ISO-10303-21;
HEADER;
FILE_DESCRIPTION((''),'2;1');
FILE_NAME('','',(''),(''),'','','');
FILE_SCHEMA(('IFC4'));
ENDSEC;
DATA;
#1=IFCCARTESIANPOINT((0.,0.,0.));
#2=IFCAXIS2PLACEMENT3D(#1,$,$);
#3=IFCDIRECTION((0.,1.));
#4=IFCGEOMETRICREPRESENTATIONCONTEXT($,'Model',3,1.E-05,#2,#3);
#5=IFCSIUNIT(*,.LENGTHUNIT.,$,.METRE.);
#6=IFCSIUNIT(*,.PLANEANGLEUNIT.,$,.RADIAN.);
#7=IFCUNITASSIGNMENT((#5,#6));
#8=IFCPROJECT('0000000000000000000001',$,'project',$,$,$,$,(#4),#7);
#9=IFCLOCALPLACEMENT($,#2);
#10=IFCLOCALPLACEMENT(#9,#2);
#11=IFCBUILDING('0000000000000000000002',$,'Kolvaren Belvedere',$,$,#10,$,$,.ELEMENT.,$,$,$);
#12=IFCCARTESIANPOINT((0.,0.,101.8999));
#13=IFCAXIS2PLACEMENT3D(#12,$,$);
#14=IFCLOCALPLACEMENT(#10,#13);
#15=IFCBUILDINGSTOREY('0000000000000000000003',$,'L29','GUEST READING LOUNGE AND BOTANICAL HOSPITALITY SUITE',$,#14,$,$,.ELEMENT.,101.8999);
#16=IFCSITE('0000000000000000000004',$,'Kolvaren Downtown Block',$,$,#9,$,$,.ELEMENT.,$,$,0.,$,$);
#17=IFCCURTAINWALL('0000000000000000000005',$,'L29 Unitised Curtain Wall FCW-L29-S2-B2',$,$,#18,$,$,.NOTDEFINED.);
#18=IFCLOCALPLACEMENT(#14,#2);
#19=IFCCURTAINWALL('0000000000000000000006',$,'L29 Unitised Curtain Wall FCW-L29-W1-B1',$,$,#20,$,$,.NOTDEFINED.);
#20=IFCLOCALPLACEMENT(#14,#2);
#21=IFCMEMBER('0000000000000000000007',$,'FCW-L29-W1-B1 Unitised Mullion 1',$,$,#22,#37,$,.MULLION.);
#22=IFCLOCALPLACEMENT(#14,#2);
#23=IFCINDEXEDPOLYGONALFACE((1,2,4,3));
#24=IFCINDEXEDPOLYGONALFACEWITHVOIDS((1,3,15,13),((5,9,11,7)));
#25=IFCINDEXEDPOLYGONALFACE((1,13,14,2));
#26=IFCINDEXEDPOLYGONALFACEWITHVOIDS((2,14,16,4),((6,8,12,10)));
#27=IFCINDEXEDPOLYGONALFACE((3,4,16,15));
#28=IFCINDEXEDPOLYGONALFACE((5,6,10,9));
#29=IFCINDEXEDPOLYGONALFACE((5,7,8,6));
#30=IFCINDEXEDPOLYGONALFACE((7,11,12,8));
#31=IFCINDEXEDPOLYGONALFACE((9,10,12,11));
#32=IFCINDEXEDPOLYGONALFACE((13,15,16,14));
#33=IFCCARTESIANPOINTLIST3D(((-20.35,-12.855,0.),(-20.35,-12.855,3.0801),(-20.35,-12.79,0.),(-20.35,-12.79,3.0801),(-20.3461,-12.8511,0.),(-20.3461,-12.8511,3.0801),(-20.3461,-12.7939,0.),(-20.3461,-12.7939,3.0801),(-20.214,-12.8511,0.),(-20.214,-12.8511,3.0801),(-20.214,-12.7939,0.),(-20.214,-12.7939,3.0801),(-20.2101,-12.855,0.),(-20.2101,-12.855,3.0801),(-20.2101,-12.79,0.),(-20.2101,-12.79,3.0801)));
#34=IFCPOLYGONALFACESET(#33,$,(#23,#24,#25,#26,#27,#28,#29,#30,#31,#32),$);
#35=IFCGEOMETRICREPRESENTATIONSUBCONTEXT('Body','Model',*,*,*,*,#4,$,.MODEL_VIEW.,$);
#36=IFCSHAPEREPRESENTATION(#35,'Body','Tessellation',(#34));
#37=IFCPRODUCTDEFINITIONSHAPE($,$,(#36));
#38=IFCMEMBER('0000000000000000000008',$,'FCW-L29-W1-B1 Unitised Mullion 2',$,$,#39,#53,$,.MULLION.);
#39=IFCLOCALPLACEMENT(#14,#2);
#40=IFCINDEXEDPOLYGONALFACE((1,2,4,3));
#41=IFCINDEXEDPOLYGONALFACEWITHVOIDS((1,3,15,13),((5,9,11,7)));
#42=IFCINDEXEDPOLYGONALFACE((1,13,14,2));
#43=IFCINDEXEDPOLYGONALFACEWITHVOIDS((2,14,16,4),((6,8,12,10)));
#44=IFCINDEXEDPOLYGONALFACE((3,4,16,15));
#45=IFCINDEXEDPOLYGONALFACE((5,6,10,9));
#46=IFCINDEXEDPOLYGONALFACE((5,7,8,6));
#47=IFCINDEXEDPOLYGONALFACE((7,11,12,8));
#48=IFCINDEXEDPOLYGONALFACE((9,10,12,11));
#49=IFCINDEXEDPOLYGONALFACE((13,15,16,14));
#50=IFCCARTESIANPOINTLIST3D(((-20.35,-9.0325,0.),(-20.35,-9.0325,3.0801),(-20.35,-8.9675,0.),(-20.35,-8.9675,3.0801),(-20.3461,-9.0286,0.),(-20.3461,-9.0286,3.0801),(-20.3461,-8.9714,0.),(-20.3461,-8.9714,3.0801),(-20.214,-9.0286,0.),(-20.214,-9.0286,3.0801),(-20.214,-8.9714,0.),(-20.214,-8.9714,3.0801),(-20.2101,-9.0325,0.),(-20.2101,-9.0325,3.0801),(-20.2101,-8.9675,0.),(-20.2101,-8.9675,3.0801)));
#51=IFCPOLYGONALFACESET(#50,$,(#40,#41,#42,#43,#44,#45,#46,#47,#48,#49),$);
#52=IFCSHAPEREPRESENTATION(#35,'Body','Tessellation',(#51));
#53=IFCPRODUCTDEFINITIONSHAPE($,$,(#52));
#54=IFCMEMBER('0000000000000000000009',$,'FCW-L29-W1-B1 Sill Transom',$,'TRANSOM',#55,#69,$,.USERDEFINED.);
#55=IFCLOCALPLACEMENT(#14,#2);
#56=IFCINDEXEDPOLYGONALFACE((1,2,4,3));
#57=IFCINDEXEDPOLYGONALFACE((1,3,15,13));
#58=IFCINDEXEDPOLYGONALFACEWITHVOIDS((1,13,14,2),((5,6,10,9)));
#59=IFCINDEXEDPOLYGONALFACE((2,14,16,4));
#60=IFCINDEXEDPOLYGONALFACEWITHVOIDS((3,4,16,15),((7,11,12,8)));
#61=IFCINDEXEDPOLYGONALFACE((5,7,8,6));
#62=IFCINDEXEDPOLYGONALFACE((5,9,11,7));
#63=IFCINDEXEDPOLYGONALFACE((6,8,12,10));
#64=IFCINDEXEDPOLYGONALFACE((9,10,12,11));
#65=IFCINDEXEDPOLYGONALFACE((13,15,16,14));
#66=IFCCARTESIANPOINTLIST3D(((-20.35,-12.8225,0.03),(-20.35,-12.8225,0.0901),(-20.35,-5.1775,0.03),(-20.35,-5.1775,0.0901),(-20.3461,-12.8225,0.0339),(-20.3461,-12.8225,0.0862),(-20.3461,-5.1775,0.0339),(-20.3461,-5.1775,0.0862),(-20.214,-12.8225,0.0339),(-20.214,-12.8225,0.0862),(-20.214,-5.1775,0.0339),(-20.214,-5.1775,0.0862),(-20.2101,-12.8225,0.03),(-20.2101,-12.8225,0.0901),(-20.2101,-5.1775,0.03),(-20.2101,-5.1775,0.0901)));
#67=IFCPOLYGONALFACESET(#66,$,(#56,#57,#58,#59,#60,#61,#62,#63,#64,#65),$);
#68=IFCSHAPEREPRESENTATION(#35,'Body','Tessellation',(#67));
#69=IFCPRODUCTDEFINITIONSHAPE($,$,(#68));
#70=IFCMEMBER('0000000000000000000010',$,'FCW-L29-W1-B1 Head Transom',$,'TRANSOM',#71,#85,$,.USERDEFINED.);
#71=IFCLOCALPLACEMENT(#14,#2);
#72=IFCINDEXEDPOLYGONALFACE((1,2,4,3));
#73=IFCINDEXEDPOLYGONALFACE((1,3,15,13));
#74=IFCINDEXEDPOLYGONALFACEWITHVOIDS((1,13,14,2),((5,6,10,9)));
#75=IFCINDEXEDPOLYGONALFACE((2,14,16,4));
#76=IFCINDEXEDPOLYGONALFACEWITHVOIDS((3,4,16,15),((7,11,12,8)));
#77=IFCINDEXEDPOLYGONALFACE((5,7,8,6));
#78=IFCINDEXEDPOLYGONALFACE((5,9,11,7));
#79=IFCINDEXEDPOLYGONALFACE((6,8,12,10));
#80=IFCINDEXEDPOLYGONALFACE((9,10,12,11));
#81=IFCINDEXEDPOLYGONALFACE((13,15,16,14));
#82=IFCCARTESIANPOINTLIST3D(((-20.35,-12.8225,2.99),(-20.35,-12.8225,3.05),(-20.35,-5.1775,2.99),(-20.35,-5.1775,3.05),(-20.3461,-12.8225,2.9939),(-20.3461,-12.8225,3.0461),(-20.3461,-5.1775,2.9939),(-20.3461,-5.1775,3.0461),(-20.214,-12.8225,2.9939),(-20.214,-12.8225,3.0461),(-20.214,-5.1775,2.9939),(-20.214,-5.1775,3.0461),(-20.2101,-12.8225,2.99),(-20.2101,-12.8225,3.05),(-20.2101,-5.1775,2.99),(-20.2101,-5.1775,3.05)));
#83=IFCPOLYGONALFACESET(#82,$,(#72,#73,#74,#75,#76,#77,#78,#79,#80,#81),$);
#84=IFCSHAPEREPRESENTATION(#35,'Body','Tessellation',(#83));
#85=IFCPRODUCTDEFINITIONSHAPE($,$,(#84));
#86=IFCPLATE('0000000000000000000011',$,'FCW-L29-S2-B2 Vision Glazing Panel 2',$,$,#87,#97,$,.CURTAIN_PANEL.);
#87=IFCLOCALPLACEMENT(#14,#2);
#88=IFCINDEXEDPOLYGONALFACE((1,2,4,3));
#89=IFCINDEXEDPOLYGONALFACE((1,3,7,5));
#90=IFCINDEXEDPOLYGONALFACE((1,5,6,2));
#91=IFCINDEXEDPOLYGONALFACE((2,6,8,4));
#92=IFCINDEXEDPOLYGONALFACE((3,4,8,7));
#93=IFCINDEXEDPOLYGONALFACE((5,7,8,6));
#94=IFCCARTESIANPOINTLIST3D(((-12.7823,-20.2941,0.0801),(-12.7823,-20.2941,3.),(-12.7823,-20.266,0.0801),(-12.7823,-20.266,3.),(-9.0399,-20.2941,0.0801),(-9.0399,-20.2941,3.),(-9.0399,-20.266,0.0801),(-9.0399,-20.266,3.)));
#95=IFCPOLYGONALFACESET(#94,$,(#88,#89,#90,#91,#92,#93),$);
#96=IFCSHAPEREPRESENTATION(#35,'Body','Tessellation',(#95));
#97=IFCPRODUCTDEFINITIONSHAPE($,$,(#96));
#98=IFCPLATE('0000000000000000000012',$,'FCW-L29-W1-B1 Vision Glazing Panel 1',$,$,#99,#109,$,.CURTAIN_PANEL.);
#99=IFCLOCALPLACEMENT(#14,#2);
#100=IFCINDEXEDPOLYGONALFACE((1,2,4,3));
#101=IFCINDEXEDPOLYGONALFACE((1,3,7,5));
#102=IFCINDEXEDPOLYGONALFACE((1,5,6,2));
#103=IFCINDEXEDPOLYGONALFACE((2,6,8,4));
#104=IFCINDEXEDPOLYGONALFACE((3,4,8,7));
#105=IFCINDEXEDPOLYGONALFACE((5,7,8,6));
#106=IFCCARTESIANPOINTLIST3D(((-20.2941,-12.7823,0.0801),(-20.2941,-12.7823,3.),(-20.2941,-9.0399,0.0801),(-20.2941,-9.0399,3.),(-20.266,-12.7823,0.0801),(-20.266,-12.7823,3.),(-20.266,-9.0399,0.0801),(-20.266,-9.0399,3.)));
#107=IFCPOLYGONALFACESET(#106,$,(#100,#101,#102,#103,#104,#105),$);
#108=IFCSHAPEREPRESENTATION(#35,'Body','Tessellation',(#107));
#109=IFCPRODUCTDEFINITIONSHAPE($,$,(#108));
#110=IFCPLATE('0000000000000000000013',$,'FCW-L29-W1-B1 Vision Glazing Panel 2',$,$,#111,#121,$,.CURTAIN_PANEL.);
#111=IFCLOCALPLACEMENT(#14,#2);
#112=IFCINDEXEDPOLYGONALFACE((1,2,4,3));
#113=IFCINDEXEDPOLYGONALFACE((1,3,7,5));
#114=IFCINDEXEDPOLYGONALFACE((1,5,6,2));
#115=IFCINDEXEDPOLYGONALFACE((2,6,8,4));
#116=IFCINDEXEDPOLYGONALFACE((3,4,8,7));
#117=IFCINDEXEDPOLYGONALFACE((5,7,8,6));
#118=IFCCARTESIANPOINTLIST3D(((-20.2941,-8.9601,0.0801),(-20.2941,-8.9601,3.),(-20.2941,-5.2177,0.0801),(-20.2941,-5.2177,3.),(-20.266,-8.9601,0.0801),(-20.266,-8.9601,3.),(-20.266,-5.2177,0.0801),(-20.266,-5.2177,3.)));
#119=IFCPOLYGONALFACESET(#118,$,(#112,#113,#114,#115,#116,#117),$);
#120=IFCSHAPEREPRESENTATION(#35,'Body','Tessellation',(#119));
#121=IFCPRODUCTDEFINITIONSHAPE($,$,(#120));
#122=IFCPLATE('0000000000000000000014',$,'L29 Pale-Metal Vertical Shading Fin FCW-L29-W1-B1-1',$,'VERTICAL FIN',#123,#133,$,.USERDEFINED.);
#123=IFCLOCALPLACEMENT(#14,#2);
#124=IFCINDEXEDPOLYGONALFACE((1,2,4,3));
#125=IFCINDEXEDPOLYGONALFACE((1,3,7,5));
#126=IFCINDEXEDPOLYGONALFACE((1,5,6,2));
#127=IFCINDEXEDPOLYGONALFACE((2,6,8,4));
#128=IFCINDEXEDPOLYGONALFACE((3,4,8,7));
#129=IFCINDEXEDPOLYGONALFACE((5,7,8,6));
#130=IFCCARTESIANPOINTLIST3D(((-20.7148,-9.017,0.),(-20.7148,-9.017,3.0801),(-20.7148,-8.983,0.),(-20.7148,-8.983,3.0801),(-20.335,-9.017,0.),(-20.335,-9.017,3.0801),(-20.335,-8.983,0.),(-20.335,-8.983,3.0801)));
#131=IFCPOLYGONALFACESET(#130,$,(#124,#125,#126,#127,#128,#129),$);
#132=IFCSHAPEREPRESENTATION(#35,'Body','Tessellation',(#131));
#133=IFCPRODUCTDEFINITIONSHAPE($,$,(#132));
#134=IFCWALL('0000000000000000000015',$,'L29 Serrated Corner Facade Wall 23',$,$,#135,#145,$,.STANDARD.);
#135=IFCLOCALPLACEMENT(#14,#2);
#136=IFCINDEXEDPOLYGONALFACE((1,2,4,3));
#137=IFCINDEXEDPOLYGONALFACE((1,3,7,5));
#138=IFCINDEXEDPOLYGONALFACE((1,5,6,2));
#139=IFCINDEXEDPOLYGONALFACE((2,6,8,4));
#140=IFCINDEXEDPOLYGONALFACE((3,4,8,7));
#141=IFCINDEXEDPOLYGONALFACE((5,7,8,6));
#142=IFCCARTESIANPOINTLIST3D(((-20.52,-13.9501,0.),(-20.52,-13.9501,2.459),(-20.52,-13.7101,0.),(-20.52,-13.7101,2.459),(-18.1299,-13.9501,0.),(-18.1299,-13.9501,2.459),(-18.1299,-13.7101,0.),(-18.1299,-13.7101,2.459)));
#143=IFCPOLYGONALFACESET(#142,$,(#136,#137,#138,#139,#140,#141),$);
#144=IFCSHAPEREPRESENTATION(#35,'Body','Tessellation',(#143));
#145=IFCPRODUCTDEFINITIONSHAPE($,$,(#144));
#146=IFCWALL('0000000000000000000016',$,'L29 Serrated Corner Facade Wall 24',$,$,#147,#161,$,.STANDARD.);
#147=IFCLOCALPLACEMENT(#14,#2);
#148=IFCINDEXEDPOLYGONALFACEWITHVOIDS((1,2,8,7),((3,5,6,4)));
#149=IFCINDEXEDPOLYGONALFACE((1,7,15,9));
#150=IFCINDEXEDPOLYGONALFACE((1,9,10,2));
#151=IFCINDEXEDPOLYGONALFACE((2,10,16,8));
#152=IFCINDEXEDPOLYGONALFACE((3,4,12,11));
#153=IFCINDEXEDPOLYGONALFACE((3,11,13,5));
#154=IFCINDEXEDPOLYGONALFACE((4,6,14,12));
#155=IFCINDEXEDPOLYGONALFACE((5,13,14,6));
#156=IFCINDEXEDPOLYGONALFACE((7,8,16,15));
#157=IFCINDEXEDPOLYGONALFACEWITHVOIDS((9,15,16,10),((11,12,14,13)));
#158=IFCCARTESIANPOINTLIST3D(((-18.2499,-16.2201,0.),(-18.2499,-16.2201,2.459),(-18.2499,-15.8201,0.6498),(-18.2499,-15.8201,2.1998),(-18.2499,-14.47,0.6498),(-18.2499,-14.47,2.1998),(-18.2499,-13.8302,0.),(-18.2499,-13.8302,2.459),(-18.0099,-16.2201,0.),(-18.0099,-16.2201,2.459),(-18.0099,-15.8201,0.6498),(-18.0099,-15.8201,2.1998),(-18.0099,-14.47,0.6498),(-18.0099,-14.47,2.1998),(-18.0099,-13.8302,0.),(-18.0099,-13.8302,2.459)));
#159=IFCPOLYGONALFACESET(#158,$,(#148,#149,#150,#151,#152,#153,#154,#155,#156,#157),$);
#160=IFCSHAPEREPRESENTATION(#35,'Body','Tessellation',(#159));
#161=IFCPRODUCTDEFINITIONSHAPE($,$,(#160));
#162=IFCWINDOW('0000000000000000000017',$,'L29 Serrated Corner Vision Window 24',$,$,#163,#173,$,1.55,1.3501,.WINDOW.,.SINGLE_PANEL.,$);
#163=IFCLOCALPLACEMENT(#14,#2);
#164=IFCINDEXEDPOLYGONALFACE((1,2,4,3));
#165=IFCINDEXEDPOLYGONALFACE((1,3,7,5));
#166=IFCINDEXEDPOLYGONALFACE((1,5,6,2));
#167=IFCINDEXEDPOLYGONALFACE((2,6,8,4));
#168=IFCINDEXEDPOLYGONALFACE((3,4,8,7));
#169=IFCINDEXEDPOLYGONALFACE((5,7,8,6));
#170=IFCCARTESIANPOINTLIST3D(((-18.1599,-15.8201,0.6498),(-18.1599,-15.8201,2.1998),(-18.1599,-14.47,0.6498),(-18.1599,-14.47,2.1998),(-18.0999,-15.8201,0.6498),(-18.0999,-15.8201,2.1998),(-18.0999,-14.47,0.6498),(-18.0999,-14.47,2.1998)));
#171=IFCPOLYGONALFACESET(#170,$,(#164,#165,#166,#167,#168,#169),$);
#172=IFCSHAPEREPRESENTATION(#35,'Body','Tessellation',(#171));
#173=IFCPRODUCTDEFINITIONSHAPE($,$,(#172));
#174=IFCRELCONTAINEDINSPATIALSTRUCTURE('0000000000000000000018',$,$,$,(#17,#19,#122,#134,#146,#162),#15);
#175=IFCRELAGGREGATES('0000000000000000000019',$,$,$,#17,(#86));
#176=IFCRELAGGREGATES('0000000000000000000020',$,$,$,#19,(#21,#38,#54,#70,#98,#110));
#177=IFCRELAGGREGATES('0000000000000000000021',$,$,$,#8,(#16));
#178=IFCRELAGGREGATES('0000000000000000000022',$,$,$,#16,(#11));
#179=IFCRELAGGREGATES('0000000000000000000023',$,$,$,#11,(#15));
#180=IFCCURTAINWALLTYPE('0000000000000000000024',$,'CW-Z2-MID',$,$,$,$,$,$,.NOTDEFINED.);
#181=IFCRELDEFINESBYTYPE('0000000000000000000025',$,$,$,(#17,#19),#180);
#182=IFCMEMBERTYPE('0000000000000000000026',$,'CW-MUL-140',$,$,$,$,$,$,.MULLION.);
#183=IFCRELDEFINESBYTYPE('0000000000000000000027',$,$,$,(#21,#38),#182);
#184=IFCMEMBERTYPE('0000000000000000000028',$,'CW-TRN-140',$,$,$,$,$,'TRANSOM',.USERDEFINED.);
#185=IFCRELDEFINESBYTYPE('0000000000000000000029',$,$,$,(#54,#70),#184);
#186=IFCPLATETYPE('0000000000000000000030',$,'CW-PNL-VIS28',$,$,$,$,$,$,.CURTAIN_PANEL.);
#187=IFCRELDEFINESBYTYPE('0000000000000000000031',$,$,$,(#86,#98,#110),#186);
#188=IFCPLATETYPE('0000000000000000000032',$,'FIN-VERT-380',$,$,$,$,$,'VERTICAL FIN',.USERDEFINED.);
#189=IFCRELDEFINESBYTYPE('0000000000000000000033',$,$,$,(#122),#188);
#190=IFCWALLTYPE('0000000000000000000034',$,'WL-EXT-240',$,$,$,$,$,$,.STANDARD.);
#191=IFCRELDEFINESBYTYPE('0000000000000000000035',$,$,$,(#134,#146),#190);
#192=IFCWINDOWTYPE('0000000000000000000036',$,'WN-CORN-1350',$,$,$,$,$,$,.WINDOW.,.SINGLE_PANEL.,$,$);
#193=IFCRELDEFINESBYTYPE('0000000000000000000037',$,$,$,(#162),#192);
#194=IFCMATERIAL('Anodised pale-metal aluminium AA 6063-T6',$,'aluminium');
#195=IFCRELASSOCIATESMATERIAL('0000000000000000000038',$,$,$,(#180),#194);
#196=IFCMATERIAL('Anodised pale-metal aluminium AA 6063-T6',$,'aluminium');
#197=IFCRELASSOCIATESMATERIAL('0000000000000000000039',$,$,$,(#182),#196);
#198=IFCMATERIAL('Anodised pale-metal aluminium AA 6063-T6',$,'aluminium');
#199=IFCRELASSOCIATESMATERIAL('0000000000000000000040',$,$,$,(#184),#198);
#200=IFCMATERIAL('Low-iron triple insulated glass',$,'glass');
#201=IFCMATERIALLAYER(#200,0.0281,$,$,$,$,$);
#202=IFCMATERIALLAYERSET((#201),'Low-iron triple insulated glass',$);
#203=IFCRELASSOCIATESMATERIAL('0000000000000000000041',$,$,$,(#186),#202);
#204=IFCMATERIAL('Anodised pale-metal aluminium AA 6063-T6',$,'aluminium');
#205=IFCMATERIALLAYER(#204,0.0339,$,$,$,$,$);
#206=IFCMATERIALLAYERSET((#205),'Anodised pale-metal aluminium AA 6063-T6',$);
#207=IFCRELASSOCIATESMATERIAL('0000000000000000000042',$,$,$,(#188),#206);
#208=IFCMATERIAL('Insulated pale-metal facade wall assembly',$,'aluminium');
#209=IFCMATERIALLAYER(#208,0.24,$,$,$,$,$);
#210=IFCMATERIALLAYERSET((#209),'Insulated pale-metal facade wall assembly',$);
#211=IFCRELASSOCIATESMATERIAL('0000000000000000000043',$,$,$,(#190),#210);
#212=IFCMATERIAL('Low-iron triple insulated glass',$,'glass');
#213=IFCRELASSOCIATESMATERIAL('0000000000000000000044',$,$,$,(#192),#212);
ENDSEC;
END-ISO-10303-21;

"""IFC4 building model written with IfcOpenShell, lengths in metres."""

from ifc_helpers import new_model, si_unit, direction, frame, frame_2d, origin, origin_2d, place, context, subcontext, project, spatial, rectangle, hollow_rectangle, extrude, material, layer, layer_set, material_profile, profile_set, type_object, element, fill, aggregate, save


model = new_model("IFC4")

# Units and contexts
model_context = context("Model", 3, precision=1e-05, world=origin(), true_north=direction((0.0, 1.0)))
body_context = subcontext(model_context, "Body", "Model", "MODEL_VIEW")
ifc_project = project(units=[si_unit("LENGTHUNIT", "METRE"), si_unit("PLANEANGLEUNIT", "RADIAN")], contexts=[model_context])

# Site, building, storey
site_placement = place(None, origin())
site = spatial("IfcSite", under=ifc_project, at=site_placement, Name="Kolvaren Downtown Block", CompositionType="ELEMENT", RefElevation=0.0)
building_placement = place(site_placement, origin())
building = spatial("IfcBuilding", under=site, at=building_placement, Name="Kolvaren Belvedere", CompositionType="ELEMENT")
storey_placement = place(building_placement, frame((0.0, 0.0, 101.8999)))
storey = spatial("IfcBuildingStorey", under=building, at=storey_placement, Name="L29", Description="GUEST READING LOUNGE AND BOTANICAL HOSPITALITY SUITE", CompositionType="ELEMENT", Elevation=101.8999)

# Curtain wall
ifc_material_1 = material(Name="Anodised pale-metal aluminium AA 6063-T6", Category="aluminium")
curtain_wall_type = type_object("IfcCurtainWallType", Name="CW-Z2-MID", PredefinedType="NOTDEFINED", material=ifc_material_1)
curtain_wall_1_placement = place(storey_placement, origin())
curtain_wall_1 = element("IfcCurtainWall", 1, at=curtain_wall_1_placement, inside=storey, type_object=curtain_wall_type, Name="L29 Unitised Curtain Wall FCW-L29-S2-B2", PredefinedType="NOTDEFINED")
ifc_material_2 = material(Name="Anodised pale-metal aluminium AA 6063-T6", Category="aluminium")
ifc_material_profile_1 = material_profile(ifc_material_2, hollow_rectangle(XDim=0.0649, YDim=0.1399, WallThickness=0.0039, at=origin_2d()), Name="ALU-MUL-140X65")
ifc_profile_set_1 = profile_set([ifc_material_profile_1], Name="Anodised pale-metal aluminium AA 6063-T6")
member_type_1 = type_object("IfcMemberType", Name="CW-MUL-140", PredefinedType="MULLION", material=ifc_profile_set_1)

# Curtain wall, members
curtain_wall_2_placement = place(storey_placement, origin())
curtain_wall_2 = element("IfcCurtainWall", 2, at=curtain_wall_2_placement, inside=storey, type_object=curtain_wall_type, Name="L29 Unitised Curtain Wall FCW-L29-W1-B1", PredefinedType="NOTDEFINED")
member_1_placement = place(storey_placement, frame((-20.28, -12.8225, 0.0), z_axis=(0.0, 0.0, 1.0), x_axis=(0.0, 1.0, 0.0)))
member_1 = element("IfcMember", 3, at=member_1_placement, type_object=member_type_1, Name="FCW-L29-W1-B1 Unitised Mullion 1", PredefinedType="MULLION", context=body_context, shape_type="SweptSolid", body=[
    extrude(hollow_rectangle(XDim=0.0649, YDim=0.1399, WallThickness=0.0039, at=origin_2d()), origin(), (0.0, 0.0, 1.0), 3.0801),
])
member_2_placement = place(storey_placement, frame((-20.28, -9.0, 0.0), z_axis=(0.0, 0.0, 1.0), x_axis=(0.0, 1.0, 0.0)))
member_2 = element("IfcMember", 4, at=member_2_placement, type_object=member_type_1, Name="FCW-L29-W1-B1 Unitised Mullion 2", PredefinedType="MULLION", context=body_context, shape_type="SweptSolid", body=[
    extrude(hollow_rectangle(XDim=0.0649, YDim=0.1399, WallThickness=0.0039, at=origin_2d()), origin(), (0.0, 0.0, 1.0), 3.0801),
])
ifc_material_3 = material(Name="Anodised pale-metal aluminium AA 6063-T6", Category="aluminium")
ifc_material_profile_2 = material_profile(ifc_material_3, hollow_rectangle(XDim=0.0601, YDim=0.1399, WallThickness=0.0039, at=origin_2d()), Name="ALU-TRN-140X60")
ifc_profile_set_2 = profile_set([ifc_material_profile_2], Name="Anodised pale-metal aluminium AA 6063-T6")
member_type_2 = type_object("IfcMemberType", Name="CW-TRN-140", ElementType="TRANSOM", PredefinedType="USERDEFINED", material=ifc_profile_set_2)
member_3_placement = place(storey_placement, frame((-20.28, -12.8225, 0.0601), z_axis=(0.0, 1.0, 0.0), x_axis=(0.0, 0.0, 1.0)))
member_3 = element("IfcMember", 5, at=member_3_placement, type_object=member_type_2, Name="FCW-L29-W1-B1 Sill Transom", ObjectType="TRANSOM", PredefinedType="USERDEFINED", context=body_context, shape_type="SweptSolid", body=[
    extrude(hollow_rectangle(XDim=0.0601, YDim=0.1399, WallThickness=0.0039, at=origin_2d()), origin(), (0.0, 0.0, 1.0), 7.645),
])
member_4_placement = place(storey_placement, frame((-20.28, -12.8225, 3.02), z_axis=(0.0, 1.0, 0.0), x_axis=(0.0, 0.0, 1.0)))
member_4 = element("IfcMember", 6, at=member_4_placement, type_object=member_type_2, Name="FCW-L29-W1-B1 Head Transom", ObjectType="TRANSOM", PredefinedType="USERDEFINED", context=body_context, shape_type="SweptSolid", body=[
    extrude(hollow_rectangle(XDim=0.0601, YDim=0.1399, WallThickness=0.0039, at=origin_2d()), origin(), (0.0, 0.0, 1.0), 7.645),
])

# Plates
ifc_material_4 = material(Name="Low-iron triple insulated glass", Category="glass")
ifc_layer_1 = layer(ifc_material_4, 0.0281)
ifc_layer_set_1 = layer_set([ifc_layer_1], Name="Low-iron triple insulated glass")
plate_type_1 = type_object("IfcPlateType", Name="CW-PNL-VIS28", PredefinedType="CURTAIN_PANEL", material=ifc_layer_set_1)
plate_1_placement = place(storey_placement, frame((-10.9111, -20.28, 0.0801), z_axis=(0.0, 0.0, 1.0), x_axis=(-1.0, 0.0, 0.0)))
plate_1 = element("IfcPlate", 7, at=plate_1_placement, type_object=plate_type_1, Name="FCW-L29-S2-B2 Vision Glazing Panel 2", PredefinedType="CURTAIN_PANEL", context=body_context, shape_type="SweptSolid", body=[
    extrude(rectangle(XDim=3.7424, YDim=0.0281, at=origin_2d()), origin(), (0.0, 0.0, 1.0), 2.9199),
])
aggregate(curtain_wall_1, [plate_1])
plate_2_placement = place(storey_placement, frame((-20.28, -10.9111, 0.0801), z_axis=(0.0, 0.0, 1.0), x_axis=(0.0, 1.0, 0.0)))
plate_2 = element("IfcPlate", 8, at=plate_2_placement, type_object=plate_type_1, Name="FCW-L29-W1-B1 Vision Glazing Panel 1", PredefinedType="CURTAIN_PANEL", context=body_context, shape_type="SweptSolid", body=[
    extrude(rectangle(XDim=3.7424, YDim=0.0281, at=origin_2d()), origin(), (0.0, 0.0, 1.0), 2.9199),
])
plate_3_placement = place(storey_placement, frame((-20.28, -7.0889, 0.0801), z_axis=(0.0, 0.0, 1.0), x_axis=(0.0, 1.0, 0.0)))
plate_3 = element("IfcPlate", 9, at=plate_3_placement, type_object=plate_type_1, Name="FCW-L29-W1-B1 Vision Glazing Panel 2", PredefinedType="CURTAIN_PANEL", context=body_context, shape_type="SweptSolid", body=[
    extrude(rectangle(XDim=3.7424, YDim=0.0281, at=origin_2d()), origin(), (0.0, 0.0, 1.0), 2.9199),
])
aggregate(curtain_wall_2, [member_1, member_2, member_3, member_4, plate_2, plate_3])
ifc_material_5 = material(Name="Anodised pale-metal aluminium AA 6063-T6", Category="aluminium")
ifc_layer_2 = layer(ifc_material_5, 0.0339)
ifc_layer_set_2 = layer_set([ifc_layer_2], Name="Anodised pale-metal aluminium AA 6063-T6")
plate_type_2 = type_object("IfcPlateType", Name="FIN-VERT-380", ElementType="VERTICAL FIN", PredefinedType="USERDEFINED", material=ifc_layer_set_2)
plate_4_placement = place(storey_placement, frame((-20.5249, -9.0, 0.0), z_axis=(0.0, 0.0, 1.0), x_axis=(1.0, 0.0, 0.0)))
element("IfcPlate", 10, at=plate_4_placement, inside=storey, type_object=plate_type_2, Name="L29 Pale-Metal Vertical Shading Fin FCW-L29-W1-B1-1", ObjectType="VERTICAL FIN", PredefinedType="USERDEFINED", context=body_context, shape_type="SweptSolid", body=[
    extrude(rectangle(XDim=0.3799, YDim=0.0339, at=origin_2d()), origin(), (0.0, 0.0, 1.0), 3.0801),
])

# Wall
ifc_material_6 = material(Name="Insulated pale-metal facade wall assembly", Category="aluminium")
ifc_layer_3 = layer(ifc_material_6, 0.24)
ifc_layer_set_3 = layer_set([ifc_layer_3], Name="Insulated pale-metal facade wall assembly")
wall_type_1 = type_object("IfcWallType", Name="WL-EXT-240", PredefinedType="STANDARD", material=ifc_layer_set_3)
wall_1_placement = place(storey_placement, frame((-18.1299, -13.8301, 0.0), z_axis=(0.0, 0.0, 1.0), x_axis=(-1.0, 0.0, 0.0)))
element("IfcWall", 11, at=wall_1_placement, inside=storey, type_object=wall_type_1, Name="L29 Serrated Corner Facade Wall 23", PredefinedType="STANDARD", context=body_context, shape_type="SweptSolid", body=[
    extrude(rectangle(XDim=2.3901, YDim=0.24, at=frame_2d((1.1951, 0.0))), origin(), (0.0, 0.0, 1.0), 2.459),
])

# Wall, opening, window
wall_2_placement = place(storey_placement, frame((-18.1299, -16.22, 0.0), z_axis=(0.0, 0.0, 1.0), x_axis=(0.0, 1.0, 0.0)))
wall_2 = element("IfcWall", 12, at=wall_2_placement, inside=storey, type_object=wall_type_1, Name="L29 Serrated Corner Facade Wall 24", PredefinedType="STANDARD", context=body_context, shape_type="SweptSolid", body=[
    extrude(rectangle(XDim=2.3899, YDim=0.24, at=frame_2d((1.1948, 0.0))), origin(), (0.0, 0.0, 1.0), 2.459),
])
opening_1_placement = place(wall_2_placement, frame((0.3999, 0.0, 0.6499)))
opening_1 = element("IfcOpeningElement", 13, at=opening_1_placement, cuts=wall_2, PredefinedType="OPENING", context=body_context, shape_type="SweptSolid", body=[
    extrude(rectangle(XDim=1.3501, YDim=1.55, at=frame_2d((0.675, 0.7749))), frame((0.0, 0.1299, 0.0), z_axis=(0.0, -1.0, 0.0), x_axis=(1.0, 0.0, 0.0)), (0.0, 0.0, 1.0), 0.26),
])
ifc_material_7 = material(Name="Low-iron triple insulated glass", Category="glass")
window_type_1 = type_object("IfcWindowType", Name="WN-CORN-1350", PartitioningType="SINGLE_PANEL", PredefinedType="WINDOW", material=ifc_material_7)
window_1_placement = place(opening_1_placement, origin())
window_1 = element("IfcWindow", 14, at=window_1_placement, inside=storey, type_object=window_type_1, Name="L29 Serrated Corner Vision Window 24", OverallHeight=1.55, OverallWidth=1.3501, PartitioningType="SINGLE_PANEL", PredefinedType="WINDOW", context=body_context, shape_type="SweptSolid", body=[
    extrude(rectangle(XDim=1.3501, YDim=1.55, at=frame_2d((0.675, 0.7749))), frame((0.0, 0.03, 0.0), z_axis=(0.0, -1.0, 0.0), x_axis=(1.0, 0.0, 0.0)), (0.0, 0.0, 1.0), 0.0601),
])
fill(opening_1, window_1)

save(model, "model.ifc")
